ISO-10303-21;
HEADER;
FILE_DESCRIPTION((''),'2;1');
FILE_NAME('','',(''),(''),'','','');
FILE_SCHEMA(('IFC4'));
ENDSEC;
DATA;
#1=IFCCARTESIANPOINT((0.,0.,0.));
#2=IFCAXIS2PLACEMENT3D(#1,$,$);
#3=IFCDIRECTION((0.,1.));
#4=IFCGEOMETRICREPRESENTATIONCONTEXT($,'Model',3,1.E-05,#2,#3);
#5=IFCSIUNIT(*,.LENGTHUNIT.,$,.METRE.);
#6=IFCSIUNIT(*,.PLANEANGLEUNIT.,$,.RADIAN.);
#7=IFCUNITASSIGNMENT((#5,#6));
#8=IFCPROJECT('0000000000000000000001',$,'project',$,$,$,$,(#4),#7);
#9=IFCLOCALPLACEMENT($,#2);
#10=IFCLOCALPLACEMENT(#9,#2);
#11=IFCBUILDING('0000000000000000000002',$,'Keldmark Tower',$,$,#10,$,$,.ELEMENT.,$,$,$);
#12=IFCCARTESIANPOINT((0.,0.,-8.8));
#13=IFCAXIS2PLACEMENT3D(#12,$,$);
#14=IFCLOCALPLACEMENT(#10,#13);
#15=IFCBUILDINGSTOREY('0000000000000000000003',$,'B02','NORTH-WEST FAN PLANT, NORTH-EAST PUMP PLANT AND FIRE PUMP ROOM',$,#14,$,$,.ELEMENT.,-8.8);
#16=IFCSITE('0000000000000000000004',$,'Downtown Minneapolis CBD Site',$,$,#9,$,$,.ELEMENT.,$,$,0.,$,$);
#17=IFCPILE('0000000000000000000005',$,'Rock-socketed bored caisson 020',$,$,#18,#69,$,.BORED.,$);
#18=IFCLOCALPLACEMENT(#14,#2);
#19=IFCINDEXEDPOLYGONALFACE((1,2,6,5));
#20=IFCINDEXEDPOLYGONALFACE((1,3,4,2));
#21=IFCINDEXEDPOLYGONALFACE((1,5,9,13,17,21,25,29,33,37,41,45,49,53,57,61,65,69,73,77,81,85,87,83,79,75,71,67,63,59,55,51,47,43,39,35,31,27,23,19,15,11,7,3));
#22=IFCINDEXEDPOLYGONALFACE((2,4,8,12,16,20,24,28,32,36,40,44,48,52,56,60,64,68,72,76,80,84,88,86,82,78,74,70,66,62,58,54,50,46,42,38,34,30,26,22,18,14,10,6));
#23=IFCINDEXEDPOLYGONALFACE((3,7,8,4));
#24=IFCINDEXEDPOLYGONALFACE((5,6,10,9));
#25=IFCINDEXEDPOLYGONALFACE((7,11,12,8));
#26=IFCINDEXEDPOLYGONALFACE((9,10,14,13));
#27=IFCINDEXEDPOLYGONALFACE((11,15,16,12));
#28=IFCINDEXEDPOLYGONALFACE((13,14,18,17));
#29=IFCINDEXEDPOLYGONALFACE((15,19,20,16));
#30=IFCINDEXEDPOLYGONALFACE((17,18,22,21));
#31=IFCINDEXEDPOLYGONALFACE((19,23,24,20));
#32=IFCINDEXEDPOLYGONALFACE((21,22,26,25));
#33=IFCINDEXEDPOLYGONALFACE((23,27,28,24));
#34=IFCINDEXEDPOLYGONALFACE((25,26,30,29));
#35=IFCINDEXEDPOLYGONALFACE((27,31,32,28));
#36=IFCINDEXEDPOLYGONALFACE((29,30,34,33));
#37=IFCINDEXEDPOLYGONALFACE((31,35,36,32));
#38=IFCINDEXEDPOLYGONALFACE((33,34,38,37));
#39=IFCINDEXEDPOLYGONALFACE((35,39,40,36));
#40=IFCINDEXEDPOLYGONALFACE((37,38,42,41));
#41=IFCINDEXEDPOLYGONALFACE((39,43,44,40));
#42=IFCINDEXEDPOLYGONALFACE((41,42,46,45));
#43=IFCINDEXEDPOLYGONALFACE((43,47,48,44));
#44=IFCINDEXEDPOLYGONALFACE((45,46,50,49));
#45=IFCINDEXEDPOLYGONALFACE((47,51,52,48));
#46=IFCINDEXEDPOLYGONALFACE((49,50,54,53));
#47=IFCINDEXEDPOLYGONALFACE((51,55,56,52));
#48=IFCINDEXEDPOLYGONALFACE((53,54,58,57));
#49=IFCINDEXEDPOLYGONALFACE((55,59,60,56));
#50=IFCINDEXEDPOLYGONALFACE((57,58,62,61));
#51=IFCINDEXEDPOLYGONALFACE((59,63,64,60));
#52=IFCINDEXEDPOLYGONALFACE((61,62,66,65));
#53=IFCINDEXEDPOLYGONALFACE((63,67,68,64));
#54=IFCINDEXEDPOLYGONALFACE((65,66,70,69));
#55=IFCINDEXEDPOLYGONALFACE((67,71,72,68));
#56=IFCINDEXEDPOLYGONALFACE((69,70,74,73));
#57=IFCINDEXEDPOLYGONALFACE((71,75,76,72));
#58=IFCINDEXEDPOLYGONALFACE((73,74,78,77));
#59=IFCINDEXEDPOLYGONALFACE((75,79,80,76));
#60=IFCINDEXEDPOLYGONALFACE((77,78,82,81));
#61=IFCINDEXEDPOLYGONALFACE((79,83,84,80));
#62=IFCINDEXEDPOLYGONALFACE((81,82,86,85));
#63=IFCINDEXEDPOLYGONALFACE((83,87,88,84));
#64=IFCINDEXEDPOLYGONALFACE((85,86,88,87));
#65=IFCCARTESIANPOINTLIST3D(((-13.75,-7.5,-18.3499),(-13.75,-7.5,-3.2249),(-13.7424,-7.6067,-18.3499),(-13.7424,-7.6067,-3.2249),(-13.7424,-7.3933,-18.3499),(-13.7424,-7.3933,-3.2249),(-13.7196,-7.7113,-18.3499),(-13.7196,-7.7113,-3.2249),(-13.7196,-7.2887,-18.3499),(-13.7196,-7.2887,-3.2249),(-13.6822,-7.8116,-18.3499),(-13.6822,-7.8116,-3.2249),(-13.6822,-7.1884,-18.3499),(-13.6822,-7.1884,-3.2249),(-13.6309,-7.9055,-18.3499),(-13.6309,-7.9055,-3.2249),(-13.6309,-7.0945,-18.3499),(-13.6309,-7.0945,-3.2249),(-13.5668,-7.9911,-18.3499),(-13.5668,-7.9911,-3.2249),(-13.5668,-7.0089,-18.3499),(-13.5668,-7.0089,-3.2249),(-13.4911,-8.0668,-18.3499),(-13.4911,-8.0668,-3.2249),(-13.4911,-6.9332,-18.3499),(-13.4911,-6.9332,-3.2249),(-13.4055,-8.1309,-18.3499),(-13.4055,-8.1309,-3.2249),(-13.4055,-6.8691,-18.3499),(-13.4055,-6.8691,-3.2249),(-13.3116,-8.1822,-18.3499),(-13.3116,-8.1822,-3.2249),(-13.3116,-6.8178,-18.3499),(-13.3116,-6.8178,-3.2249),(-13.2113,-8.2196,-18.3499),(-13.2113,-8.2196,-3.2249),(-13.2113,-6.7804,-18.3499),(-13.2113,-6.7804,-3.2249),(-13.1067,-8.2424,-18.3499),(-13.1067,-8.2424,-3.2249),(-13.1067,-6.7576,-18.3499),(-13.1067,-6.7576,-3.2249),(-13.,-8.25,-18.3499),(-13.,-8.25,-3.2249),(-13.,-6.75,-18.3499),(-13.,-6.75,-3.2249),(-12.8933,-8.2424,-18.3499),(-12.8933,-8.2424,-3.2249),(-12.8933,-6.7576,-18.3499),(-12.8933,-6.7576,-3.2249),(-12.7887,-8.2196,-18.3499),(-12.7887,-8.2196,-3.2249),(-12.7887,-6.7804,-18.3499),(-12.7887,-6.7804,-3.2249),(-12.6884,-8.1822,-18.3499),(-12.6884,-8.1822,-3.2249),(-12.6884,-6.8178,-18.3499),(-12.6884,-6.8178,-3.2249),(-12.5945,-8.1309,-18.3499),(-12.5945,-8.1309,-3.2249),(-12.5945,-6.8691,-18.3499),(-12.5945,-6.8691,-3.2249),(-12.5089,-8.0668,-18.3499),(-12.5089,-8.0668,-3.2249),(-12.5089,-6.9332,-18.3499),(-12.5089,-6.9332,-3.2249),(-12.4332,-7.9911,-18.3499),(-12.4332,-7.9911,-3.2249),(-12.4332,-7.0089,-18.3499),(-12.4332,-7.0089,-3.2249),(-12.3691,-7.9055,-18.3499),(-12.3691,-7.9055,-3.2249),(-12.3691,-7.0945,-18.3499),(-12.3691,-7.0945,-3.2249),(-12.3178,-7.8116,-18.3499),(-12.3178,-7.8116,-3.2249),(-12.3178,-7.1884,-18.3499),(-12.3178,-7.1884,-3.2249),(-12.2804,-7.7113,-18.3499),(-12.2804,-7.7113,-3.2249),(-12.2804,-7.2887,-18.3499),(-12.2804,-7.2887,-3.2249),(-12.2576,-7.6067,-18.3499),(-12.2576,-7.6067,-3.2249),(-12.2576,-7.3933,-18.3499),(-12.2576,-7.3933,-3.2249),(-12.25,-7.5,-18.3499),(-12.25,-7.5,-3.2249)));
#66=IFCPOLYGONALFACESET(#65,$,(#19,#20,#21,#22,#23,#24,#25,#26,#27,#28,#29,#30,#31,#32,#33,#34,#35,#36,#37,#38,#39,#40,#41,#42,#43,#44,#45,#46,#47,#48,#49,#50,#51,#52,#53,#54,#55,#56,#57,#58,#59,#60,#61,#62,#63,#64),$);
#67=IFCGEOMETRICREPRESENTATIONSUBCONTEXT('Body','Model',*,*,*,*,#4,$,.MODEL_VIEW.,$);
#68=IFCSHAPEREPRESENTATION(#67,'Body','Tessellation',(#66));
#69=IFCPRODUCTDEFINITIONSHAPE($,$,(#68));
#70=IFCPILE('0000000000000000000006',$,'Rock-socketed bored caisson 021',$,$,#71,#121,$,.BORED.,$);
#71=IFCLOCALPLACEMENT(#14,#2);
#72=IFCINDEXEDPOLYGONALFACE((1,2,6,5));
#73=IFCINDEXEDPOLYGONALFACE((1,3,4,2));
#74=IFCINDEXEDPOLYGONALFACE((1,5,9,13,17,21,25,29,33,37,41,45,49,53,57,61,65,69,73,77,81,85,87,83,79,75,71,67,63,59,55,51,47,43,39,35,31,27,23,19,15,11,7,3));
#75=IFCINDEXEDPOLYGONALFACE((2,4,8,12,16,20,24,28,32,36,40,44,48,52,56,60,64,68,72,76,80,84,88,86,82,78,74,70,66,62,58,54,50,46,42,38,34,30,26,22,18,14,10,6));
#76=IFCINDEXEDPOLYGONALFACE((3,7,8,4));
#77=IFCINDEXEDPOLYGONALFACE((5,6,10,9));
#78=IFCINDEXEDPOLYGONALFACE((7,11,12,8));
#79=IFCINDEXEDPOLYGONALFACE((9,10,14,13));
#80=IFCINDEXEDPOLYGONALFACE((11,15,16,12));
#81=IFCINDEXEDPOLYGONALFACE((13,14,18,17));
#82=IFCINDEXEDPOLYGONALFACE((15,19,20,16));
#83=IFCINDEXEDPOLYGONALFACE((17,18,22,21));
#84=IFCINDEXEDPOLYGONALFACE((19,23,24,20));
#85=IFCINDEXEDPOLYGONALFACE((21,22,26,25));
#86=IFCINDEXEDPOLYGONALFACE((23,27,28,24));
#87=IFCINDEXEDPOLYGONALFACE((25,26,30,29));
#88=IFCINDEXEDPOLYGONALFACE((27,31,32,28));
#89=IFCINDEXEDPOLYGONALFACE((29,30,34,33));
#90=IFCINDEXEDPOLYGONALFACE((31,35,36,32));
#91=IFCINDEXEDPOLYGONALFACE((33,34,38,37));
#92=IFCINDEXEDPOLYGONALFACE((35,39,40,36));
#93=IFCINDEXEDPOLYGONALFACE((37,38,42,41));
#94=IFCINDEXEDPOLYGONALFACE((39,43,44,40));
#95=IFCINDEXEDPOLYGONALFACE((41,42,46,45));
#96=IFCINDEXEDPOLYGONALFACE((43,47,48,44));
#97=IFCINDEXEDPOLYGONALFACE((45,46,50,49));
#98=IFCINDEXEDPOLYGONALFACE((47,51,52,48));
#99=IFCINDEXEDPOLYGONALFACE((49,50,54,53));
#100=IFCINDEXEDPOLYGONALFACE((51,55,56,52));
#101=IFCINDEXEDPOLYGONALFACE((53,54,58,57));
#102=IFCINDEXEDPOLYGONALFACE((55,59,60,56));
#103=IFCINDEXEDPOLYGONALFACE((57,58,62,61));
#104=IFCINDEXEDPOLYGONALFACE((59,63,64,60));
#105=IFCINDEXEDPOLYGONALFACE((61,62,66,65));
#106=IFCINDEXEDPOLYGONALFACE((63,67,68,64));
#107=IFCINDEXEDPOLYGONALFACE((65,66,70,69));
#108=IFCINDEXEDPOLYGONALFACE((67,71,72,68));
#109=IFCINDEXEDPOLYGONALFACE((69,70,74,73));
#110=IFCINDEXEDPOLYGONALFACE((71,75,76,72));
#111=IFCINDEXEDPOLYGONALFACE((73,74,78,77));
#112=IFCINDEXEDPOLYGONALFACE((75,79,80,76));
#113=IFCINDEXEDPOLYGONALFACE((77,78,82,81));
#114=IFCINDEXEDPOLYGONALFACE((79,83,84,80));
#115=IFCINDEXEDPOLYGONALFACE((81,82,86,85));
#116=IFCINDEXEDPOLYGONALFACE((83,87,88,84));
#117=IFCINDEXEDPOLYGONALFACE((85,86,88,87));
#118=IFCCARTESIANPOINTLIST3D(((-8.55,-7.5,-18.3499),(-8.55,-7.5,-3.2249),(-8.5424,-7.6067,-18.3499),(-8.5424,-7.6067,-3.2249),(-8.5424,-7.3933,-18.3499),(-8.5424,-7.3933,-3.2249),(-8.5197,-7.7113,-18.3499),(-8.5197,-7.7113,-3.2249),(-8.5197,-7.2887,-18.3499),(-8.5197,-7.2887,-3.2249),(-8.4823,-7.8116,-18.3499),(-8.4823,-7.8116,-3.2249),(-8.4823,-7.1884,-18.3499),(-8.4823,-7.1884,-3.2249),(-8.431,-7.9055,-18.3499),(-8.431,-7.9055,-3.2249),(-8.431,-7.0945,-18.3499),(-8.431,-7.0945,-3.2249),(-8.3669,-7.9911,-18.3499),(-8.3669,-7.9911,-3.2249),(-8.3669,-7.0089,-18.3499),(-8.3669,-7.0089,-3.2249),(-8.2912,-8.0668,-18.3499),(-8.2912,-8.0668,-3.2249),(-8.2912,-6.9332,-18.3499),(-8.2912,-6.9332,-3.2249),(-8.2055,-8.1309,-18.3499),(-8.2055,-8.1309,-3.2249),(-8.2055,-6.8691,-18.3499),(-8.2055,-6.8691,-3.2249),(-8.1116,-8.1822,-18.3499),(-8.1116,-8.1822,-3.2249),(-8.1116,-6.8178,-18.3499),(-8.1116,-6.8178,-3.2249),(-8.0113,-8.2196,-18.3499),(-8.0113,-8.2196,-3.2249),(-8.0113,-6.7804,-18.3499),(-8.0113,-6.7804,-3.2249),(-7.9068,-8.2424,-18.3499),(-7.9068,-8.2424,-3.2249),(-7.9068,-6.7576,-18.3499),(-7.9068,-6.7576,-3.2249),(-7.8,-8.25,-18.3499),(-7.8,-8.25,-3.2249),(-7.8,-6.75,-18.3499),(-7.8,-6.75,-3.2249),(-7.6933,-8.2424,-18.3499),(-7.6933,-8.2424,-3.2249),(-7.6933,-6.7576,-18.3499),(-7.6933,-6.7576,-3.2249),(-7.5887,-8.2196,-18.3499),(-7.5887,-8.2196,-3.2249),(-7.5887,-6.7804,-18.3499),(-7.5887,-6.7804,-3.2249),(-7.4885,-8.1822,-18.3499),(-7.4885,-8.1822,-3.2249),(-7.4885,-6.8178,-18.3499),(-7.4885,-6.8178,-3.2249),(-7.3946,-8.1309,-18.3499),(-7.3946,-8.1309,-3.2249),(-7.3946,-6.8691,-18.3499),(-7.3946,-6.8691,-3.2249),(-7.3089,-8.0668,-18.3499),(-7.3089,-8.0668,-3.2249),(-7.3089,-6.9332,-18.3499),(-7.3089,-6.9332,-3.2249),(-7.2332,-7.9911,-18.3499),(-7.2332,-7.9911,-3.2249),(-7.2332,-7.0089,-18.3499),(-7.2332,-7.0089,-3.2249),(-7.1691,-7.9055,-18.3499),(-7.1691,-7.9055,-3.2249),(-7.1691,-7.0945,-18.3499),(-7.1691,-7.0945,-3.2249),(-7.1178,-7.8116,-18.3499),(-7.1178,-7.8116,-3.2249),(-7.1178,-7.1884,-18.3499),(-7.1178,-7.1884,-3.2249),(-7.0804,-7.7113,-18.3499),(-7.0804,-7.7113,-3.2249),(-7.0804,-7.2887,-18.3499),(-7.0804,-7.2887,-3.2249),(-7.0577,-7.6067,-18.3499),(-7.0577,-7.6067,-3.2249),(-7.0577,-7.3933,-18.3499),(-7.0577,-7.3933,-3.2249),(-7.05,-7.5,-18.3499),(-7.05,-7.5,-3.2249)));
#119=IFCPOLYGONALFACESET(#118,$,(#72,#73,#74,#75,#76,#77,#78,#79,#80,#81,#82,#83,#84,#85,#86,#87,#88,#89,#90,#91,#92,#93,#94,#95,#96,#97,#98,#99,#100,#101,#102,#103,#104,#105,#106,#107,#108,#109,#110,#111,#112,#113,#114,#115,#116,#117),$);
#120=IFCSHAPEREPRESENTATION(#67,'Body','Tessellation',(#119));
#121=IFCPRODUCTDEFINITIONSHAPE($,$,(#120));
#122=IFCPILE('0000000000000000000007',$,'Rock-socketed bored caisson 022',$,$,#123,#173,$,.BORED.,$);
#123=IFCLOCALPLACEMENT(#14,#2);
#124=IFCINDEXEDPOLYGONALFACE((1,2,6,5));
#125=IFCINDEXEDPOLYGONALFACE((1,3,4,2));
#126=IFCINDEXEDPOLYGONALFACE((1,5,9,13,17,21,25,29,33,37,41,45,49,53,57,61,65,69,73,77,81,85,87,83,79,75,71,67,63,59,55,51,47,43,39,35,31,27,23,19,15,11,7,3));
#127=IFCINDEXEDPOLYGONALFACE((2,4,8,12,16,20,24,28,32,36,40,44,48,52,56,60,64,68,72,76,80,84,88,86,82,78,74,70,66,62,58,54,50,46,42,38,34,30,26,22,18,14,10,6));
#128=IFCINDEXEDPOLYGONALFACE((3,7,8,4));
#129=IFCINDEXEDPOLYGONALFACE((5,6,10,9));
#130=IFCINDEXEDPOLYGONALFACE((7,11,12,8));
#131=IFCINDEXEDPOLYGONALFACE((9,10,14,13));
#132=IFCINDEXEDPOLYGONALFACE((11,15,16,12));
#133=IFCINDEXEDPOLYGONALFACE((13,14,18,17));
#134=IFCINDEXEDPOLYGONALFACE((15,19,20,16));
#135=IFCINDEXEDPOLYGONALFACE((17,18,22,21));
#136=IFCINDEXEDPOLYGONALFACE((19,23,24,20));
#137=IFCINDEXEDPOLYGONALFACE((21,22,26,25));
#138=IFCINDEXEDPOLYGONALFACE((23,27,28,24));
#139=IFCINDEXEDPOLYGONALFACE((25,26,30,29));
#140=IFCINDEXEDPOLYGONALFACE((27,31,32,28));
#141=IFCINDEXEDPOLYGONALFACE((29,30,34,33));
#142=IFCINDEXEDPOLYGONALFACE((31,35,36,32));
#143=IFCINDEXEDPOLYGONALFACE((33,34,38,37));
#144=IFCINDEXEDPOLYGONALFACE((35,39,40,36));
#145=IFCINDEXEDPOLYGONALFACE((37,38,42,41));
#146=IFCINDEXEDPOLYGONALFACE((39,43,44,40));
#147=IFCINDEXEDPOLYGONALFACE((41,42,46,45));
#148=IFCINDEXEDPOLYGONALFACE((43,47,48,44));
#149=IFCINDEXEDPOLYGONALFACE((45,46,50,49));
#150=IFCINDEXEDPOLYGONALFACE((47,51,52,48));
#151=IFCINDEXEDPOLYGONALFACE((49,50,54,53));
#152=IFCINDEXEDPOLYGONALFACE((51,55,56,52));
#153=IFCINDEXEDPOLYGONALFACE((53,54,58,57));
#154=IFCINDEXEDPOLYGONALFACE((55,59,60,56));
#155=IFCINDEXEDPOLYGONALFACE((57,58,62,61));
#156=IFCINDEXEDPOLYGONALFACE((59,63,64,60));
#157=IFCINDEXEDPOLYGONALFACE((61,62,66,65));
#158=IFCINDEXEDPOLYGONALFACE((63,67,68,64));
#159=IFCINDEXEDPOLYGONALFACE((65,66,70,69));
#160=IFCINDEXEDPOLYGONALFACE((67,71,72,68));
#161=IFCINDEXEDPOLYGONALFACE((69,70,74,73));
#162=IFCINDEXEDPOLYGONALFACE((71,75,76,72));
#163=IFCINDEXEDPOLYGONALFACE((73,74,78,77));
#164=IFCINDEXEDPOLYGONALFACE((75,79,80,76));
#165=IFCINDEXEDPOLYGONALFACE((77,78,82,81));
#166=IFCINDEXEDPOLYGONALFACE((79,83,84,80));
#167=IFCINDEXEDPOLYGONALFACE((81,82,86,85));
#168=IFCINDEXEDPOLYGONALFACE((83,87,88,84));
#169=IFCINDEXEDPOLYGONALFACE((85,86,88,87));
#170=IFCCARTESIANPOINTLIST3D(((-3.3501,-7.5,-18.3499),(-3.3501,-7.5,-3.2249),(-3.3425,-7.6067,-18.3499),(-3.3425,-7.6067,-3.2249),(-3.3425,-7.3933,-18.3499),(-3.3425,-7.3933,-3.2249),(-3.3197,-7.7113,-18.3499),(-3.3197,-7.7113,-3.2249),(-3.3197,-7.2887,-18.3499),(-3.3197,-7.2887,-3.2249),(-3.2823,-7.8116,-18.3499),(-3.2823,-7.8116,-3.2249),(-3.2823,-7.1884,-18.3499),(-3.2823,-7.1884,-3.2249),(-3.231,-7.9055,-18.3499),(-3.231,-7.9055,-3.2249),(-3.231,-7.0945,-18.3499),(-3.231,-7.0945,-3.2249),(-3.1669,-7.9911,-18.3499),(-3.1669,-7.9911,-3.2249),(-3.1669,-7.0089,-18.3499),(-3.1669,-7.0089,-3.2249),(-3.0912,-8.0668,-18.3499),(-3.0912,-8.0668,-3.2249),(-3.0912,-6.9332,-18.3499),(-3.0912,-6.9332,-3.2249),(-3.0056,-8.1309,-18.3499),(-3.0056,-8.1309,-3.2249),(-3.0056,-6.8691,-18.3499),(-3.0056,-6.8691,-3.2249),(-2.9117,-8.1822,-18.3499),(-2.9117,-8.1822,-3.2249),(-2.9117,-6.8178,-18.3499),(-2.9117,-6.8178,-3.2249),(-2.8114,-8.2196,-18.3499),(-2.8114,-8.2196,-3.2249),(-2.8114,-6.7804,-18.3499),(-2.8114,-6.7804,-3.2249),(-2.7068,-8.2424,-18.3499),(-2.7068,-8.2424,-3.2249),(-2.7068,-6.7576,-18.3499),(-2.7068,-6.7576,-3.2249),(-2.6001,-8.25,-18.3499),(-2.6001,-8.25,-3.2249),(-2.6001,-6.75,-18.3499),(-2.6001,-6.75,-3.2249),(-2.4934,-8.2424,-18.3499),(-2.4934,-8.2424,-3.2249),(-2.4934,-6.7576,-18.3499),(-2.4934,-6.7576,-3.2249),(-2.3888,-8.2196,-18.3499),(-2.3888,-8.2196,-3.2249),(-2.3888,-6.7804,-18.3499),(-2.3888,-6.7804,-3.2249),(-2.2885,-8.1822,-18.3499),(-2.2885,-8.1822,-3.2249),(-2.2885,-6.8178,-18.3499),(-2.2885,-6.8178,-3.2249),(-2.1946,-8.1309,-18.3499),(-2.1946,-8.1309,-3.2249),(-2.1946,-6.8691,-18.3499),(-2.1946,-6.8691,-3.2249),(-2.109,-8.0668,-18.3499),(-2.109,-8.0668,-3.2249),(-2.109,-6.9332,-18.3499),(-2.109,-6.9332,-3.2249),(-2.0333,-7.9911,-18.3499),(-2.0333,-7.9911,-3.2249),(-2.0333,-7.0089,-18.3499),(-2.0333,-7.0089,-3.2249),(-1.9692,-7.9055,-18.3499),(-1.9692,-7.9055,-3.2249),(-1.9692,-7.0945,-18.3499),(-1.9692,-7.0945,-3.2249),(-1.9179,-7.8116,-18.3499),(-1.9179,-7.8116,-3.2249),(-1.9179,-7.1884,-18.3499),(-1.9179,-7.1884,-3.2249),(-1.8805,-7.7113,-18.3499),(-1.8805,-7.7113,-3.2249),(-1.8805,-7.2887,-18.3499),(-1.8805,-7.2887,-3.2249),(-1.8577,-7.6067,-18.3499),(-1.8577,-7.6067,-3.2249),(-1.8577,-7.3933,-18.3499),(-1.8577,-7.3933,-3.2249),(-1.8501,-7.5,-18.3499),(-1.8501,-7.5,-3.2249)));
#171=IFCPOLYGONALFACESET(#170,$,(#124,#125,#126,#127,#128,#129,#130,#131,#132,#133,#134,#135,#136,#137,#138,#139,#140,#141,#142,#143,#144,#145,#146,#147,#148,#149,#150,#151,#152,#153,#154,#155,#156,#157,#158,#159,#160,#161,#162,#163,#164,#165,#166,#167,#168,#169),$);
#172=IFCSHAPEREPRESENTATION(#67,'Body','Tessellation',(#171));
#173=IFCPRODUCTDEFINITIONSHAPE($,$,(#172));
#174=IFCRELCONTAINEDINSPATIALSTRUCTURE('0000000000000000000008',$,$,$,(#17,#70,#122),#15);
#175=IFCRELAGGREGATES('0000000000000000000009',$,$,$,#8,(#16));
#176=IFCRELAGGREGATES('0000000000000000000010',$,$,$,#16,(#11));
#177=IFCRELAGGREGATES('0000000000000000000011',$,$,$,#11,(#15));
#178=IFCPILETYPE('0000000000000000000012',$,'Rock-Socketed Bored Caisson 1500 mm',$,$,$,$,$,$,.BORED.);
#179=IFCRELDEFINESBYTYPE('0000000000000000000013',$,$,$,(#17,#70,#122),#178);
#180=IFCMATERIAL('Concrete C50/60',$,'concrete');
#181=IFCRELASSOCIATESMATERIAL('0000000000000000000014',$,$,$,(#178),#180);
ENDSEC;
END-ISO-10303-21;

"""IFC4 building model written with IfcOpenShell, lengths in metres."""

from ifc_helpers import new_model, si_unit, direction, frame, origin, origin_2d, place, context, subcontext, project, spatial, circle, extrude, material, material_profile, profile_set, type_object, element, save


model = new_model("IFC4")

# Units and contexts
model_context = context("Model", 3, precision=1e-05, world=origin(), true_north=direction((0.0, 1.0)))
body_context = subcontext(model_context, "Body", "Model", "MODEL_VIEW")
ifc_project = project(units=[si_unit("LENGTHUNIT", "METRE"), si_unit("PLANEANGLEUNIT", "RADIAN")], contexts=[model_context])

# Site, building, storey
site_placement = place(None, origin())
site = spatial("IfcSite", under=ifc_project, at=site_placement, Name="Downtown Minneapolis CBD Site", CompositionType="ELEMENT", RefElevation=0.0)
building_placement = place(site_placement, origin())
building = spatial("IfcBuilding", under=site, at=building_placement, Name="Keldmark Tower", CompositionType="ELEMENT")
storey_placement = place(building_placement, frame((0.0, 0.0, -8.8)))
storey = spatial("IfcBuildingStorey", under=building, at=storey_placement, Name="B02", Description="NORTH-WEST FAN PLANT, NORTH-EAST PUMP PLANT AND FIRE PUMP ROOM", CompositionType="ELEMENT", Elevation=-8.8)

# Piles
ifc_material_1 = material(Name="Concrete C50/60", Category="concrete")
ifc_material_profile_1 = material_profile(ifc_material_1, circle(Radius=0.75, at=origin_2d()), Name="CAISSON1500")
ifc_profile_set_1 = profile_set([ifc_material_profile_1], Name="Concrete C50/60")
pile_type_1 = type_object("IfcPileType", Name="Rock-Socketed Bored Caisson 1500 mm", PredefinedType="BORED", material=ifc_profile_set_1)
for number, where, z_axis, x_axis, name in (
    (1, (-13.0, -7.5, -3.2249), (0.0, 0.0, -1.0), (1.0, 0.0, 0.0), "Rock-socketed bored caisson 020"),
    (2, (-7.8, -7.5, -3.2249), (0.0, 0.0, -1.0), (1.0, 0.0, 0.0), "Rock-socketed bored caisson 021"),
    (3, (-2.6001, -7.5, -3.2249), (0.0, 0.0, -1.0), (1.0, 0.0, 0.0), "Rock-socketed bored caisson 022"),
):
    element("IfcPile", number, at=place(storey_placement, frame(where, z_axis=z_axis, x_axis=x_axis)), inside=storey, type_object=pile_type_1, Name=name, PredefinedType="BORED", context=body_context, shape_type="SweptSolid", body=[
        extrude(circle(Radius=0.75, at=origin_2d()), origin(), (0.0, 0.0, 1.0), 15.125),
    ])

save(model, "model.ifc")
